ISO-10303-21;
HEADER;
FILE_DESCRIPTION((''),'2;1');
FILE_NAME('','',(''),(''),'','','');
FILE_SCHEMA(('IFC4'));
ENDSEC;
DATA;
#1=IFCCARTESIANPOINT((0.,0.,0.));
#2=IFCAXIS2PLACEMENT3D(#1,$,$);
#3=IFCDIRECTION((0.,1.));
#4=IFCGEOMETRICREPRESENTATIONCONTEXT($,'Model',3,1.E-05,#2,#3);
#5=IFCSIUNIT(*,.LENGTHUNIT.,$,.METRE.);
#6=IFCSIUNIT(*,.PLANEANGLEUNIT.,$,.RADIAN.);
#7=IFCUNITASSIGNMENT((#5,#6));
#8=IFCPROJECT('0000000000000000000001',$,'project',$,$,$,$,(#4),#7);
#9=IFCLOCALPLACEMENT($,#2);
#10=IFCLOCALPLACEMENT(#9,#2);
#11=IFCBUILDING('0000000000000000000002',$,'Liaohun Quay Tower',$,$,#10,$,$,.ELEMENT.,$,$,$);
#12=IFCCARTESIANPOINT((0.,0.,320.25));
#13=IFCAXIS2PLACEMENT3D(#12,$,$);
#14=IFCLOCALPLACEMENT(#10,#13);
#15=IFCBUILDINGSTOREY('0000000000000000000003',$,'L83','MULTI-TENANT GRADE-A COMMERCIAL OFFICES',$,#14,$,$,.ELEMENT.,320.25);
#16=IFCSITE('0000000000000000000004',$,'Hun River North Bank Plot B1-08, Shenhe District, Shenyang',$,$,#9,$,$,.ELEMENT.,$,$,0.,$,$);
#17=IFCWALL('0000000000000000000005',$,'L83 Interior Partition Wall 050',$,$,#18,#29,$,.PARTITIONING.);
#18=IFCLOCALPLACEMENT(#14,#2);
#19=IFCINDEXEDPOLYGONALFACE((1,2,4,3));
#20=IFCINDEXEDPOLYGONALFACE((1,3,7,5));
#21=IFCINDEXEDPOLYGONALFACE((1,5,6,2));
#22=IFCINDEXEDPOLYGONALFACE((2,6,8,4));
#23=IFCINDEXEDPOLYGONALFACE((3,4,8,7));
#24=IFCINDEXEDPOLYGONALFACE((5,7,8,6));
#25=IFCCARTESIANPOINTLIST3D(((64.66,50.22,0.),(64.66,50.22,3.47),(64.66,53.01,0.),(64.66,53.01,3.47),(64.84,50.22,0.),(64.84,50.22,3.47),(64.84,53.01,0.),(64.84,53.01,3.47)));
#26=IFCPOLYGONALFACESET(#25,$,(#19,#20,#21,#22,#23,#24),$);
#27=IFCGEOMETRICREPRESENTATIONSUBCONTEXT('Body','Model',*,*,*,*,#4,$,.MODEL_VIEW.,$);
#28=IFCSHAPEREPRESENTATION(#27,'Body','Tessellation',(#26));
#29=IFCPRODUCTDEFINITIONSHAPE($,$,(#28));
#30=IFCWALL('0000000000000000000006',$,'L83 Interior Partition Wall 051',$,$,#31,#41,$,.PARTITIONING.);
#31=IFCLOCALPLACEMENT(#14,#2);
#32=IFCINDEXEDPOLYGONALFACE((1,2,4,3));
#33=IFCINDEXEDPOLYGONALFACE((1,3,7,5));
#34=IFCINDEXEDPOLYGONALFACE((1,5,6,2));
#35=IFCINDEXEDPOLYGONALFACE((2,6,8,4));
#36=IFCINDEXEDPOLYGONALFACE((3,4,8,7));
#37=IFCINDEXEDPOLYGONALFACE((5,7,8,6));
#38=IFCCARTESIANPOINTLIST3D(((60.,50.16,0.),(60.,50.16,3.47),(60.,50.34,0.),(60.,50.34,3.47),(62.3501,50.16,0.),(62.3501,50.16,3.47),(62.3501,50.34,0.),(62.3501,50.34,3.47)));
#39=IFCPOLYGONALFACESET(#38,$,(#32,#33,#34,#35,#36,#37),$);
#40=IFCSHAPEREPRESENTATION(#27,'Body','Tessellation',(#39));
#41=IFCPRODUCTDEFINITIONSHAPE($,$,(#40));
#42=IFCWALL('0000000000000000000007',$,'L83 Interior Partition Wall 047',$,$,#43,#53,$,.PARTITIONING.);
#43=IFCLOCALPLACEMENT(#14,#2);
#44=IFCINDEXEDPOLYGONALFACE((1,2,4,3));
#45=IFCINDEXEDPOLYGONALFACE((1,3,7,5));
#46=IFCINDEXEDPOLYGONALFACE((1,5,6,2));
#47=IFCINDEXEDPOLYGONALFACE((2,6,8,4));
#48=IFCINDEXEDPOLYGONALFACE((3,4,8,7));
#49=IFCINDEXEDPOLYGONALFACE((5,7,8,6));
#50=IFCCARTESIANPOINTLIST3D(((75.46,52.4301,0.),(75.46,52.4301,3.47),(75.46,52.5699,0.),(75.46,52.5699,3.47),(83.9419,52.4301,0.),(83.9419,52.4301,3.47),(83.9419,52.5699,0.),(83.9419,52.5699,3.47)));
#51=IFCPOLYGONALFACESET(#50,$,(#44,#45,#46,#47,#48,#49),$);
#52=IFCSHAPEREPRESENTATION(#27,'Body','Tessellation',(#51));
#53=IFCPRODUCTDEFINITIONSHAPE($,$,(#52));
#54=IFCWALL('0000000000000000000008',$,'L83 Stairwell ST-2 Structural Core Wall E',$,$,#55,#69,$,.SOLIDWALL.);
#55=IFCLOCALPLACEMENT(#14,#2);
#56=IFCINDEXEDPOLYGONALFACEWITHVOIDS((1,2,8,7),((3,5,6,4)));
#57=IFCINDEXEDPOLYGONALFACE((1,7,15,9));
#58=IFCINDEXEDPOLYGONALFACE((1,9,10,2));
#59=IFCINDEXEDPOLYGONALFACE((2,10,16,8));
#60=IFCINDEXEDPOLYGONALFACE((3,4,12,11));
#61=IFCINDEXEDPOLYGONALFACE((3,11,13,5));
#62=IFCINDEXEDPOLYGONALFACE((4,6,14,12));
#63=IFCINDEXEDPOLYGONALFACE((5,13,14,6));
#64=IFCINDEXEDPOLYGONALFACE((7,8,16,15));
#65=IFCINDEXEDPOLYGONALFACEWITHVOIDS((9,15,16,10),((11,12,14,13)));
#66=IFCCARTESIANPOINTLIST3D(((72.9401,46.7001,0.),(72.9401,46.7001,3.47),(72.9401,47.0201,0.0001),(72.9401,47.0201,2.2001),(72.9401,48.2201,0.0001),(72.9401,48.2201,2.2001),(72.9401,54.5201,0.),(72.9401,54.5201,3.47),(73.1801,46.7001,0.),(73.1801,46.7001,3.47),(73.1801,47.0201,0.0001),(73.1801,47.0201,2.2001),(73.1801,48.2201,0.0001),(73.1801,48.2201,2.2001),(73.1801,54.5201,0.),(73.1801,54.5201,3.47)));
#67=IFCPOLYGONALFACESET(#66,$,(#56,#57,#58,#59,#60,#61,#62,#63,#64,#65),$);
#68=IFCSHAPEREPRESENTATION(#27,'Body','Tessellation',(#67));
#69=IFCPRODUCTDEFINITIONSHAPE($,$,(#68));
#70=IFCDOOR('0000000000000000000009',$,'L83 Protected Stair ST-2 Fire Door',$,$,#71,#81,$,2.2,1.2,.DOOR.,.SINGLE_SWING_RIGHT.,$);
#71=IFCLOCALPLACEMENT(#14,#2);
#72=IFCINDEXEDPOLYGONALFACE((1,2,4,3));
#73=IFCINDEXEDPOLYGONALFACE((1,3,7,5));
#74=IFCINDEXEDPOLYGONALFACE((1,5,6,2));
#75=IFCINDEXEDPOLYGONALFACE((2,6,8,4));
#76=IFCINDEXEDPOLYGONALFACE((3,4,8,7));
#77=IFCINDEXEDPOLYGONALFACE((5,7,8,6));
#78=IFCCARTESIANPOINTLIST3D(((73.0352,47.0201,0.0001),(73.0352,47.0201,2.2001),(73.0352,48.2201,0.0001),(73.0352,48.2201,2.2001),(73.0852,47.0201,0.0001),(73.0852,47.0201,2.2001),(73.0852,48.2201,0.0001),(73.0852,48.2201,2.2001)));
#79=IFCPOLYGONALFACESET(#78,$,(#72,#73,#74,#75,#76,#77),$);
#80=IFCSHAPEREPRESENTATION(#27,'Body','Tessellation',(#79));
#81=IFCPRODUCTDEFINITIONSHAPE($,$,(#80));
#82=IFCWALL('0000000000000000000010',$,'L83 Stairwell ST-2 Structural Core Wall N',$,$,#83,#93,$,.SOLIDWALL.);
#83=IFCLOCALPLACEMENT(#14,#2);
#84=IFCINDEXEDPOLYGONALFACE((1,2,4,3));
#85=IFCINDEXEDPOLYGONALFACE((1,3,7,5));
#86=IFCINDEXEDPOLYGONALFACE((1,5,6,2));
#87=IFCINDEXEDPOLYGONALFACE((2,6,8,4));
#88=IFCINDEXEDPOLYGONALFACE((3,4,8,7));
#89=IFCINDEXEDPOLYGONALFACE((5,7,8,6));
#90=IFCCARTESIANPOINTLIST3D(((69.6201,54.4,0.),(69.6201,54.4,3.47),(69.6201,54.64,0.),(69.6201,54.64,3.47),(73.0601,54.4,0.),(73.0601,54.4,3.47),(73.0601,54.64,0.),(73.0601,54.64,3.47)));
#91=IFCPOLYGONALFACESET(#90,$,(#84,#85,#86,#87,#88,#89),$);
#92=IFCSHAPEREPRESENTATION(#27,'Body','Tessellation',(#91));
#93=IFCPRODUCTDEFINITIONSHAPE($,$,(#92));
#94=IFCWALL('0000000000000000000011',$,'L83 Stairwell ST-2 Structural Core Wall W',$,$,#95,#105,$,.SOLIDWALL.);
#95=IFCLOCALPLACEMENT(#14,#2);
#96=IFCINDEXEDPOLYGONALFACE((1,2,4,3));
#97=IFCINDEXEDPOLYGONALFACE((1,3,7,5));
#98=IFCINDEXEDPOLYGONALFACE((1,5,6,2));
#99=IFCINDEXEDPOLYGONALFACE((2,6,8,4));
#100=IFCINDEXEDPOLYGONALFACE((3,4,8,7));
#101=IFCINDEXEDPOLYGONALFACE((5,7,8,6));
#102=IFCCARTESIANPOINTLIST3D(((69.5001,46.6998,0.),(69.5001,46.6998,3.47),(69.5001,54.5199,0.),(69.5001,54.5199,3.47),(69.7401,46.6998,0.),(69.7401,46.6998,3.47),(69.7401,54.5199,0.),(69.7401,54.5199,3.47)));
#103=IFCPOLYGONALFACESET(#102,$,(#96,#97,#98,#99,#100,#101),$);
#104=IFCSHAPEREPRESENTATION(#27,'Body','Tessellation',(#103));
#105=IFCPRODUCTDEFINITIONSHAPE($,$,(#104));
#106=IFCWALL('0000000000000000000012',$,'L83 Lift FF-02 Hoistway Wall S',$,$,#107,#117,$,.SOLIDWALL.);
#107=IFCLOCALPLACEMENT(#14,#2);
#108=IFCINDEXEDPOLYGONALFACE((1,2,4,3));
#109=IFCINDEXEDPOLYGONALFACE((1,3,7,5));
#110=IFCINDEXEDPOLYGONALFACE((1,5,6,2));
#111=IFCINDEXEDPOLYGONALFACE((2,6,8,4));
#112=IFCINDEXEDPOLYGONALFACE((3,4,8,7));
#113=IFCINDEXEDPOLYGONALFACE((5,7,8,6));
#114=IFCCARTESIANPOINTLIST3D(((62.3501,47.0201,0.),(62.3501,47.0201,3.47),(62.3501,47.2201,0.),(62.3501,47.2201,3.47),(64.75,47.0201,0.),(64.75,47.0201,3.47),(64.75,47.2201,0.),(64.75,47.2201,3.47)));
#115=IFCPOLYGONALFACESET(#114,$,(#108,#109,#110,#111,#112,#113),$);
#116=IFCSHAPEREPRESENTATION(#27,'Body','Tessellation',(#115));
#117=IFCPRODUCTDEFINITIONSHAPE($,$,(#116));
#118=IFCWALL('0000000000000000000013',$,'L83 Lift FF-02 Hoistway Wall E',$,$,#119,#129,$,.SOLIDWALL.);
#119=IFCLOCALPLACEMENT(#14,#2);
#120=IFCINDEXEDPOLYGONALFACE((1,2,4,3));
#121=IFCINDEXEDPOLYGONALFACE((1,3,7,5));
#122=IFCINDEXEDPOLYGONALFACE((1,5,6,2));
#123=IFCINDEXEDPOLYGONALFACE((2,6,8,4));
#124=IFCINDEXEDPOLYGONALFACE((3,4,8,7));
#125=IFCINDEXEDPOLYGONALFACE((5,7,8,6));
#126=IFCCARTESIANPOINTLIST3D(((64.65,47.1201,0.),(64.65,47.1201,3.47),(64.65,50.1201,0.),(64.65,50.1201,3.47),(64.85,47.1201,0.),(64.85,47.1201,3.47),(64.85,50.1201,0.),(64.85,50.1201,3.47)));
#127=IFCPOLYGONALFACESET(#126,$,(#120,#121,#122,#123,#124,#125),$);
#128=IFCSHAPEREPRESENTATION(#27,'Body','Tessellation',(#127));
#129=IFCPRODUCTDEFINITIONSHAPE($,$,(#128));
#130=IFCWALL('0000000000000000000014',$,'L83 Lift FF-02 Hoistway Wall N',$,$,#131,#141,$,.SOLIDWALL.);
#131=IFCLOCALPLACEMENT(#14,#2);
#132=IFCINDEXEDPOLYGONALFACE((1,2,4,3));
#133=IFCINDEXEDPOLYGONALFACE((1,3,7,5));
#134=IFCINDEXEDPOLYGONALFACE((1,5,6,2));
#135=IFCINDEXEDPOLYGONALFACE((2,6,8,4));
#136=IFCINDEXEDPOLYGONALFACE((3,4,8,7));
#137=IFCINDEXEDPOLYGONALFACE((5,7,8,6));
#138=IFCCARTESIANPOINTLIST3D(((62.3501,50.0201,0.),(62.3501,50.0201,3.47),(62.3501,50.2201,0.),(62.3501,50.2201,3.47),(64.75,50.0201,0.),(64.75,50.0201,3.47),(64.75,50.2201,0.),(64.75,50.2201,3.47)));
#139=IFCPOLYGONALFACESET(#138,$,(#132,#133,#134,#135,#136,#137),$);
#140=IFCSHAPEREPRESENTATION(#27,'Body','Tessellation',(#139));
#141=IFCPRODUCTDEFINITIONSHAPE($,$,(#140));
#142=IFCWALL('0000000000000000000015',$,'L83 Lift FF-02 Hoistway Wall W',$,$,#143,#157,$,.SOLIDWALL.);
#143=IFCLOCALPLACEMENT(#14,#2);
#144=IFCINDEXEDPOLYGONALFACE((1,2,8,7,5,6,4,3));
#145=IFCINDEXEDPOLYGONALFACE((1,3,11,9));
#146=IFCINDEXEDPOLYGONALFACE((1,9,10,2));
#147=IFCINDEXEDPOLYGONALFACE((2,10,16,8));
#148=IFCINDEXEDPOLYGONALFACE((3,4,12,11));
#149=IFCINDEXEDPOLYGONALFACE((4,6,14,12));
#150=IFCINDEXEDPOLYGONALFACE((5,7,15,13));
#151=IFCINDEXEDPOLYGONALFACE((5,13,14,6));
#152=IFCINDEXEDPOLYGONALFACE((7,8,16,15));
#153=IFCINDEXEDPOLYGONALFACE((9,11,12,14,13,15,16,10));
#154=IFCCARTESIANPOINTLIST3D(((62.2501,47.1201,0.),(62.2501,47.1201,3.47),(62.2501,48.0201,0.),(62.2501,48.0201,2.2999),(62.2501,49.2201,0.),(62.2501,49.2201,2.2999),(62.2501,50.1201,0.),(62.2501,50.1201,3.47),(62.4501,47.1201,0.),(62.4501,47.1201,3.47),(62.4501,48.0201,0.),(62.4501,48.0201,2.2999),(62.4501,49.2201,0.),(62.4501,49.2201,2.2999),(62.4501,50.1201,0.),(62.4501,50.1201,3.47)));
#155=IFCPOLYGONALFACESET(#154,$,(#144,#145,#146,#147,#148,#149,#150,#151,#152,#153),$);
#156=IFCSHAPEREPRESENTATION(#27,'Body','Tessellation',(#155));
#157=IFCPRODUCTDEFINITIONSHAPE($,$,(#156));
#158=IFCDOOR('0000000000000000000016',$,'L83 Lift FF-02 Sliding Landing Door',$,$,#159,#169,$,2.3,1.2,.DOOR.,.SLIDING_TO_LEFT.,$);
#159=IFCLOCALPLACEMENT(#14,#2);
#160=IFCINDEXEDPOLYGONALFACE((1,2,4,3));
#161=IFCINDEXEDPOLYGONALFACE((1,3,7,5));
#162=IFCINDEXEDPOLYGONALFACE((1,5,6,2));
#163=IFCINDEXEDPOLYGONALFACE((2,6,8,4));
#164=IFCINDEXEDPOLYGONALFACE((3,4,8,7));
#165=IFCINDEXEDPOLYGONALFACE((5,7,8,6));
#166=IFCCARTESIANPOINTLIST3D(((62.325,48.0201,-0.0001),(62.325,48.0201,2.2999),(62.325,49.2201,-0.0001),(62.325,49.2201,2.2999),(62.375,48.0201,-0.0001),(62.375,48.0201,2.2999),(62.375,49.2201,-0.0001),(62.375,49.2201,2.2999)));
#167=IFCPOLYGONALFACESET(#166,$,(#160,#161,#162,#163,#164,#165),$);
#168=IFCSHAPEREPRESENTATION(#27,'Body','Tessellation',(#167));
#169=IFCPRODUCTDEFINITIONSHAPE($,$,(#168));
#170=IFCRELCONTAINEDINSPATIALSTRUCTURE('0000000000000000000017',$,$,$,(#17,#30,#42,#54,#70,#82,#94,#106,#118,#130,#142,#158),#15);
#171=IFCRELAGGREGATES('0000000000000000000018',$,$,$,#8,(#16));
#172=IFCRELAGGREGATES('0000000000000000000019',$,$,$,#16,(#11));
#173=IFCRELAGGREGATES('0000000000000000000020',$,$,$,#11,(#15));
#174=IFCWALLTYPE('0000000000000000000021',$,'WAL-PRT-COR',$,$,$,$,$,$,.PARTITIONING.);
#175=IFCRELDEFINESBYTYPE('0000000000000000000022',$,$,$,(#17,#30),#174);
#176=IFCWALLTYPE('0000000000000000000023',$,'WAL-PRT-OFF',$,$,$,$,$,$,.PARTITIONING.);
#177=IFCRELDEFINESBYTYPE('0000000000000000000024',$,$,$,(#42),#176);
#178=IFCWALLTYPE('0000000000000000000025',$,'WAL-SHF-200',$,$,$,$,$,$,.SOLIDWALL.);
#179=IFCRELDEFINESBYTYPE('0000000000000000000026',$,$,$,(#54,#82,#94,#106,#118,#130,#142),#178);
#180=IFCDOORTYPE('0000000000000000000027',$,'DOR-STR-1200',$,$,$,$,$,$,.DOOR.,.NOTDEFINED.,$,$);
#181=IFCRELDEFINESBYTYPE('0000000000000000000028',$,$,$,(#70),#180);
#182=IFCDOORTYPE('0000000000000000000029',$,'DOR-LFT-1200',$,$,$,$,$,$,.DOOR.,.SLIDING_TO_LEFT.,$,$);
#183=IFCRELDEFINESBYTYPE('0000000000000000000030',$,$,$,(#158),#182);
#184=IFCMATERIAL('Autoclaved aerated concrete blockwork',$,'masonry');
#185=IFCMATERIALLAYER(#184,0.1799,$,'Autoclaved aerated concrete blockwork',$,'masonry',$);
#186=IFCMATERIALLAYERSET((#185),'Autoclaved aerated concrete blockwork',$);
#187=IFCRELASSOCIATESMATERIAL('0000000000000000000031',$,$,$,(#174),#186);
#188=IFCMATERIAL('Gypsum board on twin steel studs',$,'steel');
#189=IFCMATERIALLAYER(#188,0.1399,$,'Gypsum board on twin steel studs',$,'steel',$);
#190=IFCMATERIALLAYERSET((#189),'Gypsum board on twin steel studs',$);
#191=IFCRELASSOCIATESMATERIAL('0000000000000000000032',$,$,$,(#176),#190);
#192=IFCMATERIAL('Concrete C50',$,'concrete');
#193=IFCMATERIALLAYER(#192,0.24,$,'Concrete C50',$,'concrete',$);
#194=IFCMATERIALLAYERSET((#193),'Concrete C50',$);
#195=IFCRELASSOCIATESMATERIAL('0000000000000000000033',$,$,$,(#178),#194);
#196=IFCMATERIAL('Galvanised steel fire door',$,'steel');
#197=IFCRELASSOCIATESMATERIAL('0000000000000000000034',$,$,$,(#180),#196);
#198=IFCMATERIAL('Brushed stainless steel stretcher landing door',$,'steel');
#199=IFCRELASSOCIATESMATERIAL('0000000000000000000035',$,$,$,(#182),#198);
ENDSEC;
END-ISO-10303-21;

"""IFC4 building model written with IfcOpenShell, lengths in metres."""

from ifc_helpers import new_model, si_unit, direction, frame, frame_2d, origin, place, context, subcontext, project, spatial, rectangle, extrude, source, transform, mapped, material, layer, layer_set, type_object, element, fill, save


model = new_model("IFC4")

# Units and contexts
model_context = context("Model", 3, precision=1e-05, world=origin(), true_north=direction((0.0, 1.0)))
body_context = subcontext(model_context, "Body", "Model", "MODEL_VIEW")
ifc_project = project(units=[si_unit("LENGTHUNIT", "METRE"), si_unit("PLANEANGLEUNIT", "RADIAN")], contexts=[model_context])

# Site, building, storey
site_placement = place(None, origin())
site = spatial("IfcSite", under=ifc_project, at=site_placement, Name="Hun River North Bank Plot B1-08, Shenhe District, Shenyang", CompositionType="ELEMENT", RefElevation=0.0)
building_placement = place(site_placement, origin())
building = spatial("IfcBuilding", under=site, at=building_placement, Name="Liaohun Quay Tower", CompositionType="ELEMENT")
storey_placement = place(building_placement, frame((0.0, 0.0, 320.25)))
storey = spatial("IfcBuildingStorey", under=building, at=storey_placement, Name="L83", Description="MULTI-TENANT GRADE-A COMMERCIAL OFFICES", CompositionType="ELEMENT", Elevation=320.25)

# Shared definitions
ifc_material_1 = material(Name="Autoclaved aerated concrete blockwork", Category="masonry")
ifc_layer_1 = layer(ifc_material_1, 0.1799, Name="Autoclaved aerated concrete blockwork", Category="masonry")
ifc_layer_set_1 = layer_set([ifc_layer_1], Name="Autoclaved aerated concrete blockwork")
wall_type_1 = type_object("IfcWallType", Name="WAL-PRT-COR", PredefinedType="PARTITIONING", material=ifc_layer_set_1)

# Walls
wall_1_placement = place(storey_placement, frame((64.75, 50.22, 0.0), z_axis=(0.0, 0.0, 1.0), x_axis=(0.0, 1.0, 0.0)))
element("IfcWall", 1, at=wall_1_placement, inside=storey, type_object=wall_type_1, Name="L83 Interior Partition Wall 050", PredefinedType="PARTITIONING", context=body_context, shape_type="SweptSolid", body=[
    extrude(rectangle(XDim=2.79, YDim=0.1799, at=frame_2d((1.395, 0.0))), origin(), (0.0, 0.0, 1.0), 3.47),
])
wall_2_placement = place(storey_placement, frame((60.0, 50.25, 0.0), z_axis=(0.0, 0.0, 1.0), x_axis=(1.0, 0.0, 0.0)))
element("IfcWall", 2, at=wall_2_placement, inside=storey, type_object=wall_type_1, Name="L83 Interior Partition Wall 051", PredefinedType="PARTITIONING", context=body_context, shape_type="SweptSolid", body=[
    extrude(rectangle(XDim=2.3501, YDim=0.1799, at=frame_2d((1.175, 0.0))), origin(), (0.0, 0.0, 1.0), 3.47),
])
ifc_material_2 = material(Name="Gypsum board on twin steel studs", Category="steel")
ifc_layer_2 = layer(ifc_material_2, 0.1399, Name="Gypsum board on twin steel studs", Category="steel")
ifc_layer_set_2 = layer_set([ifc_layer_2], Name="Gypsum board on twin steel studs")
wall_type_2 = type_object("IfcWallType", Name="WAL-PRT-OFF", PredefinedType="PARTITIONING", material=ifc_layer_set_2)
wall_3_placement = place(storey_placement, frame((75.46, 52.5, 0.0), z_axis=(0.0, 0.0, 1.0), x_axis=(1.0, 0.0, 0.0)))
element("IfcWall", 3, at=wall_3_placement, inside=storey, type_object=wall_type_2, Name="L83 Interior Partition Wall 047", PredefinedType="PARTITIONING", context=body_context, shape_type="SweptSolid", body=[
    extrude(rectangle(XDim=8.4819, YDim=0.1399, at=frame_2d((4.241, 0.0))), origin(), (0.0, 0.0, 1.0), 3.47),
])

# Wall, opening, door
ifc_material_3 = material(Name="Concrete C50", Category="concrete")
ifc_layer_3 = layer(ifc_material_3, 0.24, Name="Concrete C50", Category="concrete")
ifc_layer_set_3 = layer_set([ifc_layer_3], Name="Concrete C50")
wall_type_3 = type_object("IfcWallType", Name="WAL-SHF-200", PredefinedType="SOLIDWALL", material=ifc_layer_set_3)
wall_4_placement = place(storey_placement, frame((73.0601, 46.7, 0.0), z_axis=(0.0, 0.0, 1.0), x_axis=(0.0, 1.0, 0.0)))
wall_4 = element("IfcWall", 4, at=wall_4_placement, inside=storey, type_object=wall_type_3, Name="L83 Stairwell ST-2 Structural Core Wall E", PredefinedType="SOLIDWALL", context=body_context, shape_type="SweptSolid", body=[
    extrude(rectangle(XDim=7.8201, YDim=0.24, at=frame_2d((3.9102, 0.0))), origin(), (0.0, 0.0, 1.0), 3.47),
])
shared_shape_1 = source(origin(), body_context, "Body", "SweptSolid", [
    extrude(rectangle(XDim=1.2, YDim=2.2, at=frame_2d((0.6001, 1.1001))), frame((0.0, 0.1299, 0.0), z_axis=(0.0, -1.0, 0.0), x_axis=(1.0, 0.0, 0.0)), (0.0, 0.0, 1.0), 0.26),
])
opening_1_placement = place(wall_4_placement, frame((0.3201, 0.0, 0.0)))
opening_1 = element("IfcOpeningElement", 5, at=opening_1_placement, cuts=wall_4, PredefinedType="OPENING", context=body_context, shape_type="MappedRepresentation", body=[
    mapped(shared_shape_1, transform((0.0, 0.0, 0.0), x_axis=(1.0, 0.0, 0.0), y_axis=(0.0, 1.0, 0.0), z_axis=(0.0, 0.0, 1.0), scale=1.0)),
])
ifc_material_4 = material(Name="Galvanised steel fire door", Category="steel")
door_type_1 = type_object("IfcDoorType", Name="DOR-STR-1200", OperationType="NOTDEFINED", PredefinedType="DOOR", material=ifc_material_4)
shared_shape_2 = source(origin(), body_context, "Body", "SweptSolid", [
    extrude(rectangle(XDim=1.2, YDim=2.2, at=frame_2d((0.6001, 1.1001))), frame((0.0, 0.0249, 0.0), z_axis=(0.0, -1.0, 0.0), x_axis=(1.0, 0.0, 0.0)), (0.0, 0.0, 1.0), 0.05),
])
door_1_placement = place(opening_1_placement, origin())
door_1 = element("IfcDoor", 6, at=door_1_placement, inside=storey, type_object=door_type_1, Name="L83 Protected Stair ST-2 Fire Door", OperationType="SINGLE_SWING_RIGHT", OverallHeight=2.2, OverallWidth=1.2, PredefinedType="DOOR", context=body_context, shape_type="MappedRepresentation", body=[
    mapped(shared_shape_2, transform((0.0, 0.0, 0.0), x_axis=(1.0, 0.0, 0.0), y_axis=(0.0, 1.0, 0.0), z_axis=(0.0, 0.0, 1.0), scale=1.0)),
])
fill(opening_1, door_1)

# Walls
wall_5_placement = place(storey_placement, frame((73.0601, 54.52, 0.0), z_axis=(0.0, 0.0, 1.0), x_axis=(-1.0, 0.0, 0.0)))
element("IfcWall", 7, at=wall_5_placement, inside=storey, type_object=wall_type_3, Name="L83 Stairwell ST-2 Structural Core Wall N", PredefinedType="SOLIDWALL", context=body_context, shape_type="SweptSolid", body=[
    extrude(rectangle(XDim=3.4399, YDim=0.24, at=frame_2d((1.72, 0.0))), origin(), (0.0, 0.0, 1.0), 3.47),
])
wall_6_placement = place(storey_placement, frame((69.6201, 54.52, 0.0), z_axis=(0.0, 0.0, 1.0), x_axis=(0.0, -1.0, 0.0)))
element("IfcWall", 8, at=wall_6_placement, inside=storey, type_object=wall_type_3, Name="L83 Stairwell ST-2 Structural Core Wall W", PredefinedType="SOLIDWALL", context=body_context, shape_type="SweptSolid", body=[
    extrude(rectangle(XDim=7.8201, YDim=0.24, at=frame_2d((3.9102, 0.0))), origin(), (0.0, 0.0, 1.0), 3.47),
])
wall_7_placement = place(storey_placement, frame((62.3501, 47.1201, 0.0), z_axis=(0.0, 0.0, 1.0), x_axis=(1.0, 0.0, 0.0)))
element("IfcWall", 9, at=wall_7_placement, inside=storey, type_object=wall_type_3, Name="L83 Lift FF-02 Hoistway Wall S", PredefinedType="SOLIDWALL", context=body_context, shape_type="SweptSolid", body=[
    extrude(rectangle(XDim=2.3999, YDim=0.2, at=frame_2d((1.2, 0.0))), origin(), (0.0, 0.0, 1.0), 3.47),
])
wall_8_placement = place(storey_placement, frame((64.75, 47.1201, 0.0), z_axis=(0.0, 0.0, 1.0), x_axis=(0.0, 1.0, 0.0)))
element("IfcWall", 10, at=wall_8_placement, inside=storey, type_object=wall_type_3, Name="L83 Lift FF-02 Hoistway Wall E", PredefinedType="SOLIDWALL", context=body_context, shape_type="SweptSolid", body=[
    extrude(rectangle(XDim=3.0, YDim=0.2, at=frame_2d((1.5, 0.0))), origin(), (0.0, 0.0, 1.0), 3.47),
])
wall_9_placement = place(storey_placement, frame((64.75, 50.1201, 0.0), z_axis=(0.0, 0.0, 1.0), x_axis=(-1.0, 0.0, 0.0)))
element("IfcWall", 11, at=wall_9_placement, inside=storey, type_object=wall_type_3, Name="L83 Lift FF-02 Hoistway Wall N", PredefinedType="SOLIDWALL", context=body_context, shape_type="SweptSolid", body=[
    extrude(rectangle(XDim=2.3999, YDim=0.2, at=frame_2d((1.2, 0.0))), origin(), (0.0, 0.0, 1.0), 3.47),
])

# Wall, opening, door
wall_10_placement = place(storey_placement, frame((62.3501, 50.1201, 0.0), z_axis=(0.0, 0.0, 1.0), x_axis=(0.0, -1.0, 0.0)))
wall_10 = element("IfcWall", 12, at=wall_10_placement, inside=storey, type_object=wall_type_3, Name="L83 Lift FF-02 Hoistway Wall W", PredefinedType="SOLIDWALL", context=body_context, shape_type="SweptSolid", body=[
    extrude(rectangle(XDim=3.0, YDim=0.2, at=frame_2d((1.5, 0.0))), origin(), (0.0, 0.0, 1.0), 3.47),
])
shared_shape_3 = source(origin(), body_context, "Body", "SweptSolid", [
    extrude(rectangle(XDim=1.2, YDim=2.3, at=frame_2d((0.6001, 1.1499))), frame((0.0, 0.1099, 0.0), z_axis=(0.0, -1.0, 0.0), x_axis=(1.0, 0.0, 0.0)), (0.0, 0.0, 1.0), 0.22),
])
opening_2_placement = place(wall_10_placement, frame((0.8999, 0.0, 0.0)))
opening_2 = element("IfcOpeningElement", 13, at=opening_2_placement, cuts=wall_10, PredefinedType="OPENING", context=body_context, shape_type="MappedRepresentation", body=[
    mapped(shared_shape_3, transform((0.0, 0.0, 0.0), x_axis=(1.0, 0.0, 0.0), y_axis=(0.0, 1.0, 0.0), z_axis=(0.0, 0.0, 1.0), scale=1.0)),
])
ifc_material_5 = material(Name="Brushed stainless steel stretcher landing door", Category="steel")
door_type_2 = type_object("IfcDoorType", Name="DOR-LFT-1200", OperationType="SLIDING_TO_LEFT", PredefinedType="DOOR", material=ifc_material_5)
shared_shape_4 = source(origin(), body_context, "Body", "SweptSolid", [
    extrude(rectangle(XDim=1.2, YDim=2.3, at=frame_2d((0.6001, 1.1499))), frame((0.0, 0.0249, 0.0), z_axis=(0.0, -1.0, 0.0), x_axis=(1.0, 0.0, 0.0)), (0.0, 0.0, 1.0), 0.05),
])
door_2_placement = place(opening_2_placement, origin())
door_2 = element("IfcDoor", 14, at=door_2_placement, inside=storey, type_object=door_type_2, Name="L83 Lift FF-02 Sliding Landing Door", OperationType="SLIDING_TO_LEFT", OverallHeight=2.3, OverallWidth=1.2, PredefinedType="DOOR", context=body_context, shape_type="MappedRepresentation", body=[
    mapped(shared_shape_4, transform((0.0, 0.0, 0.0), x_axis=(1.0, 0.0, 0.0), y_axis=(0.0, 1.0, 0.0), z_axis=(0.0, 0.0, 1.0), scale=1.0)),
])
fill(opening_2, door_2)

save(model, "model.ifc")
